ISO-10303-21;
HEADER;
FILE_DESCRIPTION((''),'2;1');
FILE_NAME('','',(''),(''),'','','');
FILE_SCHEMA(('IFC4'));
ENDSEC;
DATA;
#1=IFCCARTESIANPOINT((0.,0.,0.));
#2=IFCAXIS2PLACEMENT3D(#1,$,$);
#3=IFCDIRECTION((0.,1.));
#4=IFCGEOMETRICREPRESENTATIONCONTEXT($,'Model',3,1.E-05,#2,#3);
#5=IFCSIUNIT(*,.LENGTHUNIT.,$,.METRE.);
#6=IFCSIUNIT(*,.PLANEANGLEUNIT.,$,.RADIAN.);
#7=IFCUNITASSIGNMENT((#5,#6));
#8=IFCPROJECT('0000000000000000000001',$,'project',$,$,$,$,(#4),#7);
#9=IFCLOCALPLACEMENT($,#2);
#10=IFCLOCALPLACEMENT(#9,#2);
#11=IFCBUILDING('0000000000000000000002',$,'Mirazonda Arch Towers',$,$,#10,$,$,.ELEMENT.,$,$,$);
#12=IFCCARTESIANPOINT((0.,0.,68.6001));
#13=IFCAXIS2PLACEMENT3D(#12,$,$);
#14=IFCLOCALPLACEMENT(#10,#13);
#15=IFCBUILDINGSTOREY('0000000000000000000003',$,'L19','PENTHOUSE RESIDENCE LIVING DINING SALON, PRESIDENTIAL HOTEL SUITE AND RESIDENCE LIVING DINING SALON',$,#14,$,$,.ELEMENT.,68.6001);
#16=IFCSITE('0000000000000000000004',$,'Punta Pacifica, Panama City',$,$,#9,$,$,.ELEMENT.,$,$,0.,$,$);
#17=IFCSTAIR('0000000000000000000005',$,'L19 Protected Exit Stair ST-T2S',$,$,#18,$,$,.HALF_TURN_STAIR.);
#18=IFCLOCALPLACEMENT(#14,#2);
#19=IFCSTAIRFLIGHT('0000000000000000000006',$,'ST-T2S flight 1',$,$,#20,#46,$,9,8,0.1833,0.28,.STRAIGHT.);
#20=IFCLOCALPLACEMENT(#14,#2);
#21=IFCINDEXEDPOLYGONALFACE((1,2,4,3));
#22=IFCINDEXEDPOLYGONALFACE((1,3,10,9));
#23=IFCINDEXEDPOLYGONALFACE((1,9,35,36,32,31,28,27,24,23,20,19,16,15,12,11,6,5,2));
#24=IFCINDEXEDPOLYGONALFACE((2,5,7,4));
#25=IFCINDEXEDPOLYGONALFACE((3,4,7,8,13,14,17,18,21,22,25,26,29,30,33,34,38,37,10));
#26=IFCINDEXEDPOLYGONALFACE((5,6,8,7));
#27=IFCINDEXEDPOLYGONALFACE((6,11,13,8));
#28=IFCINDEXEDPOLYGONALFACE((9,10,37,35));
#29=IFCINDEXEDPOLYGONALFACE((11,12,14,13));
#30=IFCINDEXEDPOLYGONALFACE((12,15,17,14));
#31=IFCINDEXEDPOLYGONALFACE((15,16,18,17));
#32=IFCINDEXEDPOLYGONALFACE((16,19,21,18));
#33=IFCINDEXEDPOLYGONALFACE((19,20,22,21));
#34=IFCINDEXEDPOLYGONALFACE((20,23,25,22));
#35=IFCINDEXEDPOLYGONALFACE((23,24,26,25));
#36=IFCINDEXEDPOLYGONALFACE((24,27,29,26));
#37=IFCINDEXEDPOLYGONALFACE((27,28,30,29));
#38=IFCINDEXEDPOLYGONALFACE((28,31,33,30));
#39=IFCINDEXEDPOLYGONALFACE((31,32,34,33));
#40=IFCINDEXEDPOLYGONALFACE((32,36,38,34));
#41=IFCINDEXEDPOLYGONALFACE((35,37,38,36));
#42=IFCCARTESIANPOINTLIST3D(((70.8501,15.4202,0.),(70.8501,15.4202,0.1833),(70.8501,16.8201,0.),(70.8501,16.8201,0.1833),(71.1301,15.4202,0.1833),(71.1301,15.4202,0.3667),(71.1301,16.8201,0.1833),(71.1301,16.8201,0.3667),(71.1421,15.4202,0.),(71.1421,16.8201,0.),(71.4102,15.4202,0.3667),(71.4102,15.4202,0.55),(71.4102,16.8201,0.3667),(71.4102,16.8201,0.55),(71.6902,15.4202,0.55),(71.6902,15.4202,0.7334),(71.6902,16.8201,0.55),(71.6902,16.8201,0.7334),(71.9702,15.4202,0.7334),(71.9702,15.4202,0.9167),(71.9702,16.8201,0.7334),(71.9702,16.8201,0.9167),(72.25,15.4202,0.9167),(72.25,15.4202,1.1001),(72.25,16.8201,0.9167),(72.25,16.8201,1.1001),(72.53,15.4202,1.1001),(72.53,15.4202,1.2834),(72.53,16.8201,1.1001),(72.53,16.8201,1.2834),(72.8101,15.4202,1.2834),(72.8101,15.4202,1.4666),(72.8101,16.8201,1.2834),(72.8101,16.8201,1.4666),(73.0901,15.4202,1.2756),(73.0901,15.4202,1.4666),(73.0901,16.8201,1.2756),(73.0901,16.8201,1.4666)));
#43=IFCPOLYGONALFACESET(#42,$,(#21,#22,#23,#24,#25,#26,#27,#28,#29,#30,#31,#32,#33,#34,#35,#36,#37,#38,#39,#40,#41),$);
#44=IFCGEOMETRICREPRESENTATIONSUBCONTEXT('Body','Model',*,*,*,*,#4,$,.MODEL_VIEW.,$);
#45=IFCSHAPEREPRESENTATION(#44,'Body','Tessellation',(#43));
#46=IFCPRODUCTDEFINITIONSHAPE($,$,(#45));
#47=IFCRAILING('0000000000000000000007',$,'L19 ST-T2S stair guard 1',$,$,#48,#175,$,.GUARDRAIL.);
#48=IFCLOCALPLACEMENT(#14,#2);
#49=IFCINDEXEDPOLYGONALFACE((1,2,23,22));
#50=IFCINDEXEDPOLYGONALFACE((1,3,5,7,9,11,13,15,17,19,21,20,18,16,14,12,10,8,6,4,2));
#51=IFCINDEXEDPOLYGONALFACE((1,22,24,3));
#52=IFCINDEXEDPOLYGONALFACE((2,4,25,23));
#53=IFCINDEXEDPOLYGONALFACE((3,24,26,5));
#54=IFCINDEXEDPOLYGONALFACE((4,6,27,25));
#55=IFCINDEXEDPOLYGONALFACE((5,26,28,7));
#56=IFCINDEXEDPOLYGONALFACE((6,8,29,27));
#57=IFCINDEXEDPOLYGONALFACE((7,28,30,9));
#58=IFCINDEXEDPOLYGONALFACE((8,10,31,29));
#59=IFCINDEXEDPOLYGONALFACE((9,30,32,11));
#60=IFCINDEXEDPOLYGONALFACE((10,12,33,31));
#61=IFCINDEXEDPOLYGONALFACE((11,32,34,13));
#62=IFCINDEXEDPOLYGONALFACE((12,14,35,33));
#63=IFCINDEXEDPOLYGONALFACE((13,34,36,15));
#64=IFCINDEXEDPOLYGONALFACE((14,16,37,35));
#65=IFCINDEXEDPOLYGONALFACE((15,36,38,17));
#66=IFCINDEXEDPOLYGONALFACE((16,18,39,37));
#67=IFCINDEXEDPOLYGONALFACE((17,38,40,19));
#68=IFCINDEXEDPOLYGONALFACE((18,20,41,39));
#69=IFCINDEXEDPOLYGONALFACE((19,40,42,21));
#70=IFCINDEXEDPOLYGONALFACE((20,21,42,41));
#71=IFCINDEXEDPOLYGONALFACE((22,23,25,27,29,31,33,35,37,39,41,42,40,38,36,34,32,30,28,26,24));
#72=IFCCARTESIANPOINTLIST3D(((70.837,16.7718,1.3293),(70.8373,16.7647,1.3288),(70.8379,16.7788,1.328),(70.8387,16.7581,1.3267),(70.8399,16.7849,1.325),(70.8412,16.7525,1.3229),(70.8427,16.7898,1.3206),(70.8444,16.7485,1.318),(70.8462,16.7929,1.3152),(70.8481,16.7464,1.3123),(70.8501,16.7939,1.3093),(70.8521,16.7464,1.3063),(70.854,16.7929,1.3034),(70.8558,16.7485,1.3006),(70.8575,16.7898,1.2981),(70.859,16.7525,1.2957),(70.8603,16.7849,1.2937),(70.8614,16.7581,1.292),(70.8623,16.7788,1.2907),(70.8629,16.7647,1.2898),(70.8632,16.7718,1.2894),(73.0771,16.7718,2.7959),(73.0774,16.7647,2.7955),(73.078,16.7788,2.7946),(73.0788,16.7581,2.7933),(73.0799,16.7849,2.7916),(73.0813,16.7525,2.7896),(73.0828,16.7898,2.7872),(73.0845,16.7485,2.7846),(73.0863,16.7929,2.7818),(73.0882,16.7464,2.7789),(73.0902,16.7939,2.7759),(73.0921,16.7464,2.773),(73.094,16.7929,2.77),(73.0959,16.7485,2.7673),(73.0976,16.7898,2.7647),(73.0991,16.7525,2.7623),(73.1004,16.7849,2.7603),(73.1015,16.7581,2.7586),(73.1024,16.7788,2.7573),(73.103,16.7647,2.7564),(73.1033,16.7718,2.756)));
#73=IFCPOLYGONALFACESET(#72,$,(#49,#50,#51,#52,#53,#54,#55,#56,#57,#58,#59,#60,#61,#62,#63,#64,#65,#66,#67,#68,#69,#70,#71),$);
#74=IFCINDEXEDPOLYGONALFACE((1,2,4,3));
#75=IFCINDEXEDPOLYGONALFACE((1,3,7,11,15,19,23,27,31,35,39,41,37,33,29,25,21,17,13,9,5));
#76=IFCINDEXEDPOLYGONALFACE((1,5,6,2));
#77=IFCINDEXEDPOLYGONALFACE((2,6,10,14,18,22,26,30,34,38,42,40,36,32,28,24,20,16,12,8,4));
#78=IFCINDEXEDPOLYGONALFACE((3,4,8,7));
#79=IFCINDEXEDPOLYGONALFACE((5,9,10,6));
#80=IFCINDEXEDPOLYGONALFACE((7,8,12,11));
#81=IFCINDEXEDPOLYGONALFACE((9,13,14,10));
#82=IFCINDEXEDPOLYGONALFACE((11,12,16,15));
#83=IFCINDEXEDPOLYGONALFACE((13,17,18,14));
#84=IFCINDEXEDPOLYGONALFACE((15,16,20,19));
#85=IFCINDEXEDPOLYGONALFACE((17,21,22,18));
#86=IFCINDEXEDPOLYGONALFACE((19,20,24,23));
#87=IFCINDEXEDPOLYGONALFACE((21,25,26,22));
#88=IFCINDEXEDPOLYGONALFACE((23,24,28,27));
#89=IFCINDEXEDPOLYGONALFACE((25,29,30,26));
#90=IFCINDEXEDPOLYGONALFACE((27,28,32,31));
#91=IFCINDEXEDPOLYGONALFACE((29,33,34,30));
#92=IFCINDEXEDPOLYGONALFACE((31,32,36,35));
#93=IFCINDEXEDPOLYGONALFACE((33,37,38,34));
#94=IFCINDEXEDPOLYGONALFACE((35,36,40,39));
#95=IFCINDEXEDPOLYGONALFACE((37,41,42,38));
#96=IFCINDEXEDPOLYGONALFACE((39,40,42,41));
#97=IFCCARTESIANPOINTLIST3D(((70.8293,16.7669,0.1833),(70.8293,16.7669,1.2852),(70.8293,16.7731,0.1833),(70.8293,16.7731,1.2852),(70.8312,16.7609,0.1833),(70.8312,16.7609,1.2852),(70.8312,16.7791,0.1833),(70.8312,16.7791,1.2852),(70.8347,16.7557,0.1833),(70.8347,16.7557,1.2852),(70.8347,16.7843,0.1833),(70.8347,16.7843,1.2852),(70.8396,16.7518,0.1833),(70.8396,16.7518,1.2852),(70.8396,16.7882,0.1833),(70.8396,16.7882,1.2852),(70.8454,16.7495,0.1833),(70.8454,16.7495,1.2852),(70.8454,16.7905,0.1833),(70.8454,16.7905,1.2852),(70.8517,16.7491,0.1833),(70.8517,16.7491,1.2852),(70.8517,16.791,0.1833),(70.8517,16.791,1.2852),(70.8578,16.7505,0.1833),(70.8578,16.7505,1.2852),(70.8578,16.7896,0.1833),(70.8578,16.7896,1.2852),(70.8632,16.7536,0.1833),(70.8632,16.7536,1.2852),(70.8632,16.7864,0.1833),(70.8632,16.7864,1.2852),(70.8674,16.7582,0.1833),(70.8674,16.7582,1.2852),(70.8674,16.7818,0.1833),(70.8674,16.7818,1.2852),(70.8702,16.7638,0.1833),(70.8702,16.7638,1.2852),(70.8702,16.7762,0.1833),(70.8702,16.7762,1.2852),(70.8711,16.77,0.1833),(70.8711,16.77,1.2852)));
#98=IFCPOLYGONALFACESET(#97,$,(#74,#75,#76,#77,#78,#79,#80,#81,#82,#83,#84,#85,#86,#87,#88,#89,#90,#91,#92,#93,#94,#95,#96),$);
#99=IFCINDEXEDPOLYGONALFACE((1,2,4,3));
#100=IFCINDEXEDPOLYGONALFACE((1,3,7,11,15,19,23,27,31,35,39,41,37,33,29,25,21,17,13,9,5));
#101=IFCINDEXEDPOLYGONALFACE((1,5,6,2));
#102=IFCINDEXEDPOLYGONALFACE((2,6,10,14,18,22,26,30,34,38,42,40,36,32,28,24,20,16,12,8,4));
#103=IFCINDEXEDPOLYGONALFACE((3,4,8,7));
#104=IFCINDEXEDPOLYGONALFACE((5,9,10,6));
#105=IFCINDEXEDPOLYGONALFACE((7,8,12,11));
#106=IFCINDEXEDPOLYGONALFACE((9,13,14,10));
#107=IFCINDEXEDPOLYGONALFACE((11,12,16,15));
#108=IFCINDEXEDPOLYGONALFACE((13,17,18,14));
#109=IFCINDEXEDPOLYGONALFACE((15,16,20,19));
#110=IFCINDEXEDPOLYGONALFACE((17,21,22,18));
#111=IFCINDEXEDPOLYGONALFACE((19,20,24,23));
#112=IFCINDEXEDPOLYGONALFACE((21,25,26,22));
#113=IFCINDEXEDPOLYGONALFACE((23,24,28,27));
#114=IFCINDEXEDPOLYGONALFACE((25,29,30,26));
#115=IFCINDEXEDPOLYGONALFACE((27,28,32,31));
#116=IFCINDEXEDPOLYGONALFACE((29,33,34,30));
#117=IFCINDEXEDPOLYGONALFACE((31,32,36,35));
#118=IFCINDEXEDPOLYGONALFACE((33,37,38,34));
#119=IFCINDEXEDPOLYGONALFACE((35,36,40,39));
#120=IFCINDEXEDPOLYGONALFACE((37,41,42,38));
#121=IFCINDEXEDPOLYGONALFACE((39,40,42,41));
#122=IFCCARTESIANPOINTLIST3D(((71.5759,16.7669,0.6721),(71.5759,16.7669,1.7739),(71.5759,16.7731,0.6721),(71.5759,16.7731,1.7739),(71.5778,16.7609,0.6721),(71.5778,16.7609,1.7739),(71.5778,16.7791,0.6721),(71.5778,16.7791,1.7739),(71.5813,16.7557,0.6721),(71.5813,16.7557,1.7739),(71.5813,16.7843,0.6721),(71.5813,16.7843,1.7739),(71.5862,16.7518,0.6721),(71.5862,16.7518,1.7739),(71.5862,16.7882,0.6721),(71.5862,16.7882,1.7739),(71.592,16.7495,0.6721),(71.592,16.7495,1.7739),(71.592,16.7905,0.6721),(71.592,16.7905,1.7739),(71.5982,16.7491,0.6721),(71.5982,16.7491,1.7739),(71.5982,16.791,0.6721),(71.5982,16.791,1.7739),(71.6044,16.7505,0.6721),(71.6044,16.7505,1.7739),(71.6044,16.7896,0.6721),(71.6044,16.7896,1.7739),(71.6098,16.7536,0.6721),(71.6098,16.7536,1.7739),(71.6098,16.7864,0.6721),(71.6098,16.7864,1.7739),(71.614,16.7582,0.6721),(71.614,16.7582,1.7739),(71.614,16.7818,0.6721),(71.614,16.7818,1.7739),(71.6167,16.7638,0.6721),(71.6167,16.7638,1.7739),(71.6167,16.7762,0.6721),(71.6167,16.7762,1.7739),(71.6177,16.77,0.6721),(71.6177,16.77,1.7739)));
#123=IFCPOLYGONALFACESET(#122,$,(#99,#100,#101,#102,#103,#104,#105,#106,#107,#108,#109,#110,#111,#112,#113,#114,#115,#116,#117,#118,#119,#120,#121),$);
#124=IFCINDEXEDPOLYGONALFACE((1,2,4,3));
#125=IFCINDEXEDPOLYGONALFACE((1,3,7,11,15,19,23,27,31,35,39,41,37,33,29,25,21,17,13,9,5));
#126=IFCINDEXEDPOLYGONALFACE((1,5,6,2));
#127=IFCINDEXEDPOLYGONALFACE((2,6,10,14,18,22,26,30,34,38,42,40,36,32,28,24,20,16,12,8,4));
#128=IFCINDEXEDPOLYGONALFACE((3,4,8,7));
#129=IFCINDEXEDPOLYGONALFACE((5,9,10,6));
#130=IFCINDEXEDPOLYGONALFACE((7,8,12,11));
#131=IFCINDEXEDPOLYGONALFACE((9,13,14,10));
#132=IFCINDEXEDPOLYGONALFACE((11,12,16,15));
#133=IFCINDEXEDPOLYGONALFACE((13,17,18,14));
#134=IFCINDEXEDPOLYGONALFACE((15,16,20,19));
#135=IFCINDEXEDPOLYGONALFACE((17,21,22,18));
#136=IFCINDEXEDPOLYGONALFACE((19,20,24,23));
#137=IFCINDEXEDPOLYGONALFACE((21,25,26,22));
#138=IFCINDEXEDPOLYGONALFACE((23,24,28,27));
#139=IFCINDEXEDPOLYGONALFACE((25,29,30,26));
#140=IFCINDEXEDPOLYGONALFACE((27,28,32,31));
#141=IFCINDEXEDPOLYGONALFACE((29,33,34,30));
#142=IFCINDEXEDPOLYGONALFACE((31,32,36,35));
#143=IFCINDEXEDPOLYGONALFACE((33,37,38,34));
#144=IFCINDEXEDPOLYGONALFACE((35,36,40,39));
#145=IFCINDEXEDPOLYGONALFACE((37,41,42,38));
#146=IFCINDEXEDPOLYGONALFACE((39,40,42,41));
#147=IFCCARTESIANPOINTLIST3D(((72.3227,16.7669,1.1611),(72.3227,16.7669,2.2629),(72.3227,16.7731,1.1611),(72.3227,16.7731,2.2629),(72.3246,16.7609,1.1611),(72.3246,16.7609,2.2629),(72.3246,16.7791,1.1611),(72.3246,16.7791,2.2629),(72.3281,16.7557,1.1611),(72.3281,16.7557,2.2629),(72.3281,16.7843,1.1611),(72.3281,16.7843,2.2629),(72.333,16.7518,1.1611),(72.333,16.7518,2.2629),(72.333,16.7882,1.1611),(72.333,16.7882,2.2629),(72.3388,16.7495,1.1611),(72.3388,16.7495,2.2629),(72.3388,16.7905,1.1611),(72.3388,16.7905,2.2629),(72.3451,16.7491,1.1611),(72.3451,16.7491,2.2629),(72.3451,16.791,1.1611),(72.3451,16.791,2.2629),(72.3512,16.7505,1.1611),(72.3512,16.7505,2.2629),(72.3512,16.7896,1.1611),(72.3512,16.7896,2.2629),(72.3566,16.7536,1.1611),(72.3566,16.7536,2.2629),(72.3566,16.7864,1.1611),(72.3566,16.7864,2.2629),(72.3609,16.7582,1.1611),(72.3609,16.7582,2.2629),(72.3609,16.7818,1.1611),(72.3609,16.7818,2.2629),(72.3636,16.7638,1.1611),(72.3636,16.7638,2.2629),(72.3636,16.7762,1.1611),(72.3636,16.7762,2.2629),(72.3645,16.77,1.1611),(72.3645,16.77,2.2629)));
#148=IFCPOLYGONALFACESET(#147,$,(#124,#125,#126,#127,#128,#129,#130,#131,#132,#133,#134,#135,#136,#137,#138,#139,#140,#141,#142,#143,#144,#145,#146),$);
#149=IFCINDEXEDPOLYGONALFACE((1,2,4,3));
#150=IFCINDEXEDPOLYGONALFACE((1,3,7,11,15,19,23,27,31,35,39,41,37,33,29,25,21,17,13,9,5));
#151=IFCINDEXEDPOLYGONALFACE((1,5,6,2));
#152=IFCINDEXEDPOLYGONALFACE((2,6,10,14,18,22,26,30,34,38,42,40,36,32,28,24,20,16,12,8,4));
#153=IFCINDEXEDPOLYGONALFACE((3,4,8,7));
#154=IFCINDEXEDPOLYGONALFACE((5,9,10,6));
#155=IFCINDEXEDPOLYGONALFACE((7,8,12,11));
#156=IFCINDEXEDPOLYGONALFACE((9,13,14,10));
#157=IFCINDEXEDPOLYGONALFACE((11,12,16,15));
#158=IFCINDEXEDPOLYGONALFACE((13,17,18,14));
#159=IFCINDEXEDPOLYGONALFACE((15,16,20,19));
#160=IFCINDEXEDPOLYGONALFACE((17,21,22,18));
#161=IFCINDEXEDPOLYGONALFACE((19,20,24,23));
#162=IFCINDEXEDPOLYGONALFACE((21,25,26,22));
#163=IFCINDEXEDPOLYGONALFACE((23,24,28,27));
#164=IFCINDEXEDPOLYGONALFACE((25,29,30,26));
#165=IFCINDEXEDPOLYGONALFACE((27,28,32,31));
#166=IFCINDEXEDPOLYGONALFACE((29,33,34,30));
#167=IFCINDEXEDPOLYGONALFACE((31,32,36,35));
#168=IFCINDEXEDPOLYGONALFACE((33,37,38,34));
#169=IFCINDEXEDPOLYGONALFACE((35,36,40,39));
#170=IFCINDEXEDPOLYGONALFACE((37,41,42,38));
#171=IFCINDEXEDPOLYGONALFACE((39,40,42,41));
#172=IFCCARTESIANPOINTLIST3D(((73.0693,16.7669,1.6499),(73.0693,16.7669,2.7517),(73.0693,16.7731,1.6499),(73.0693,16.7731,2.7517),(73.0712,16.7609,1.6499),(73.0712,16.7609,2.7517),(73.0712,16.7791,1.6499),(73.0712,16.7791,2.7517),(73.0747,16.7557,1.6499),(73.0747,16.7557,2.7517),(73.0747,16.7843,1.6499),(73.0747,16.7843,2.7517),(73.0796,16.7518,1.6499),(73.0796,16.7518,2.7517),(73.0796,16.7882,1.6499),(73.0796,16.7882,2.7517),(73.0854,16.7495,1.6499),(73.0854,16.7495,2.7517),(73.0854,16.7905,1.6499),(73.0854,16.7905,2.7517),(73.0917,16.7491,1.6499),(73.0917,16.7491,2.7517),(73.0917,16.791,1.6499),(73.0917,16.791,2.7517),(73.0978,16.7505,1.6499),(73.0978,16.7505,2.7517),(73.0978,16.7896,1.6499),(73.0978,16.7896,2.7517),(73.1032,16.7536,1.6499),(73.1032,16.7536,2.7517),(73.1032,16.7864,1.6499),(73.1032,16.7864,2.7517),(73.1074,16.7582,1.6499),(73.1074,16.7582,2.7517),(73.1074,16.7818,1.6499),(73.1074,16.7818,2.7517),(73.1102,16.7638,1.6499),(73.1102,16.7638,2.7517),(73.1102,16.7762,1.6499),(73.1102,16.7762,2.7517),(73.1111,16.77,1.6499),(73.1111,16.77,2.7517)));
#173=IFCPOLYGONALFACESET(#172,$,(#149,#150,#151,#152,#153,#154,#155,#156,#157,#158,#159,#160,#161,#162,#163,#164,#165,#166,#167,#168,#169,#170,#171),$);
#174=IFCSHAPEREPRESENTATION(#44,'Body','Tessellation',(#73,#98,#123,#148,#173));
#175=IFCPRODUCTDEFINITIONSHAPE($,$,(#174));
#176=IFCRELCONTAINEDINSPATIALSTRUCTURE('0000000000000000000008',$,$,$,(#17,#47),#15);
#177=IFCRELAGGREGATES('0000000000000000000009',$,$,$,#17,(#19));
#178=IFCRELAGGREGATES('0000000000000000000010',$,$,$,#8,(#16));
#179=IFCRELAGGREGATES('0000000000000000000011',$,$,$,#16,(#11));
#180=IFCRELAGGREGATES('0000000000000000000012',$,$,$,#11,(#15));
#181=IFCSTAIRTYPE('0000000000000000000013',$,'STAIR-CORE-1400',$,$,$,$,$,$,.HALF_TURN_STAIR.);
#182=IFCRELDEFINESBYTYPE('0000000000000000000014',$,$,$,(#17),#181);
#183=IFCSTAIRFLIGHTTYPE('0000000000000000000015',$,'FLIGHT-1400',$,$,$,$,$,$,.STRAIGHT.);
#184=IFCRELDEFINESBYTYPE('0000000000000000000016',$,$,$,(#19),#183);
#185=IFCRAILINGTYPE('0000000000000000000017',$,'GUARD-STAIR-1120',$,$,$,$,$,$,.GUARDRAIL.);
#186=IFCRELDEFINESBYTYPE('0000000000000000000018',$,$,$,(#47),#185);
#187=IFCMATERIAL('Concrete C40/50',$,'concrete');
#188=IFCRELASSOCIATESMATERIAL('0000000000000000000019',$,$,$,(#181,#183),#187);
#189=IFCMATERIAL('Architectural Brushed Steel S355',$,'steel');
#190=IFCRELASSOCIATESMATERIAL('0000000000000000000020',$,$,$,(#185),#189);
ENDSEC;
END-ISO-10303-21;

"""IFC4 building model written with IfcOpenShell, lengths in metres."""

from ifc_helpers import new_model, si_unit, direction, frame, origin, origin_2d, place, context, subcontext, project, spatial, polyline, circle, outline, extrude, material, type_object, element, aggregate, save


model = new_model("IFC4")

# Units and contexts
model_context = context("Model", 3, precision=1e-05, world=origin(), true_north=direction((0.0, 1.0)))
body_context = subcontext(model_context, "Body", "Model", "MODEL_VIEW")
ifc_project = project(units=[si_unit("LENGTHUNIT", "METRE"), si_unit("PLANEANGLEUNIT", "RADIAN")], contexts=[model_context])

# Site, building, storey
site_placement = place(None, origin())
site = spatial("IfcSite", under=ifc_project, at=site_placement, Name="Punta Pacifica, Panama City", CompositionType="ELEMENT", RefElevation=0.0)
building_placement = place(site_placement, origin())
building = spatial("IfcBuilding", under=site, at=building_placement, Name="Mirazonda Arch Towers", CompositionType="ELEMENT")
storey_placement = place(building_placement, frame((0.0, 0.0, 68.6001)))
storey = spatial("IfcBuildingStorey", under=building, at=storey_placement, Name="L19", Description="PENTHOUSE RESIDENCE LIVING DINING SALON, PRESIDENTIAL HOTEL SUITE AND RESIDENCE LIVING DINING SALON", CompositionType="ELEMENT", Elevation=68.6001)

# Stair, stair flight
ifc_material_1 = material(Name="Concrete C40/50", Category="concrete")
stair_type = type_object("IfcStairType", Name="STAIR-CORE-1400", PredefinedType="HALF_TURN_STAIR", material=ifc_material_1)
stair_placement = place(storey_placement, origin())
stair = element("IfcStair", 1, at=stair_placement, inside=storey, type_object=stair_type, Name="L19 Protected Exit Stair ST-T2S", PredefinedType="HALF_TURN_STAIR")
stair_flight_type = type_object("IfcStairFlightType", Name="FLIGHT-1400", PredefinedType="STRAIGHT", material=ifc_material_1)
stair_flight_placement = place(storey_placement, frame((70.8501, 16.1201, 0.0), z_axis=(0.0, 0.0, 1.0), x_axis=(1.0, 0.0, 0.0)))
stair_flight = element("IfcStairFlight", 2, at=stair_flight_placement, type_object=stair_flight_type, Name="ST-T2S flight 1", NumberOfRisers=9, NumberOfTreads=8, PredefinedType="STRAIGHT", RiserHeight=0.1833, TreadLength=0.28, context=body_context, shape_type="SweptSolid", body=[
    extrude(outline(polyline([(0.0, 0.0), (0.0, 0.1833), (0.28, 0.1833), (0.28, 0.3667), (0.5601, 0.3667), (0.5601, 0.55), (0.8401, 0.55), (0.8401, 0.7334), (1.1201, 0.7334), (1.1201, 0.9167), (1.3999, 0.9167), (1.3999, 1.1001), (1.6799, 1.1001), (1.6799, 1.2834), (1.96, 1.2834), (1.96, 1.4666), (2.24, 1.4666), (2.24, 1.6499), (2.24, 1.2756), (0.292, 0.0), (0.0, 0.0)])), frame((0.0, 0.7, 0.0), z_axis=(0.0, -1.0, 0.0), x_axis=(1.0, 0.0, 0.0)), (0.0, 0.0, 1.0), 1.3999),
])
aggregate(stair, [stair_flight])

# Railing
ifc_material_2 = material(Name="Architectural Brushed Steel S355", Category="steel")
railing_type_1 = type_object("IfcRailingType", Name="GUARD-STAIR-1120", PredefinedType="GUARDRAIL", material=ifc_material_2)
railing_1_placement = place(storey_placement, frame((70.8501, 16.77, 0.1833)))
element("IfcRailing", 3, at=railing_1_placement, inside=storey, type_object=railing_type_1, Name="L19 ST-T2S stair guard 1", PredefinedType="GUARDRAIL", context=body_context, shape_type="SweptSolid", body=[
    extrude(circle(Radius=0.0239, at=origin_2d()), frame((0.0, 0.0, 1.126), z_axis=(0.836637, 0.0, 0.547758), x_axis=(0.0, 1.0, 0.0)), (0.0, 0.0, 1.0), 2.6775),
    extrude(circle(Radius=0.021, at=origin_2d()), origin(), (0.0, 0.0, 1.0), 1.1018),
    extrude(circle(Radius=0.021, at=origin_2d()), frame((0.7466, 0.0, 0.4888)), (0.0, 0.0, 1.0), 1.1018),
    extrude(circle(Radius=0.021, at=origin_2d()), frame((1.4934, 0.0, 0.9778)), (0.0, 0.0, 1.0), 1.1018),
    extrude(circle(Radius=0.021, at=origin_2d()), frame((2.24, 0.0, 1.4666)), (0.0, 0.0, 1.0), 1.1018),
])

save(model, "model.ifc")
